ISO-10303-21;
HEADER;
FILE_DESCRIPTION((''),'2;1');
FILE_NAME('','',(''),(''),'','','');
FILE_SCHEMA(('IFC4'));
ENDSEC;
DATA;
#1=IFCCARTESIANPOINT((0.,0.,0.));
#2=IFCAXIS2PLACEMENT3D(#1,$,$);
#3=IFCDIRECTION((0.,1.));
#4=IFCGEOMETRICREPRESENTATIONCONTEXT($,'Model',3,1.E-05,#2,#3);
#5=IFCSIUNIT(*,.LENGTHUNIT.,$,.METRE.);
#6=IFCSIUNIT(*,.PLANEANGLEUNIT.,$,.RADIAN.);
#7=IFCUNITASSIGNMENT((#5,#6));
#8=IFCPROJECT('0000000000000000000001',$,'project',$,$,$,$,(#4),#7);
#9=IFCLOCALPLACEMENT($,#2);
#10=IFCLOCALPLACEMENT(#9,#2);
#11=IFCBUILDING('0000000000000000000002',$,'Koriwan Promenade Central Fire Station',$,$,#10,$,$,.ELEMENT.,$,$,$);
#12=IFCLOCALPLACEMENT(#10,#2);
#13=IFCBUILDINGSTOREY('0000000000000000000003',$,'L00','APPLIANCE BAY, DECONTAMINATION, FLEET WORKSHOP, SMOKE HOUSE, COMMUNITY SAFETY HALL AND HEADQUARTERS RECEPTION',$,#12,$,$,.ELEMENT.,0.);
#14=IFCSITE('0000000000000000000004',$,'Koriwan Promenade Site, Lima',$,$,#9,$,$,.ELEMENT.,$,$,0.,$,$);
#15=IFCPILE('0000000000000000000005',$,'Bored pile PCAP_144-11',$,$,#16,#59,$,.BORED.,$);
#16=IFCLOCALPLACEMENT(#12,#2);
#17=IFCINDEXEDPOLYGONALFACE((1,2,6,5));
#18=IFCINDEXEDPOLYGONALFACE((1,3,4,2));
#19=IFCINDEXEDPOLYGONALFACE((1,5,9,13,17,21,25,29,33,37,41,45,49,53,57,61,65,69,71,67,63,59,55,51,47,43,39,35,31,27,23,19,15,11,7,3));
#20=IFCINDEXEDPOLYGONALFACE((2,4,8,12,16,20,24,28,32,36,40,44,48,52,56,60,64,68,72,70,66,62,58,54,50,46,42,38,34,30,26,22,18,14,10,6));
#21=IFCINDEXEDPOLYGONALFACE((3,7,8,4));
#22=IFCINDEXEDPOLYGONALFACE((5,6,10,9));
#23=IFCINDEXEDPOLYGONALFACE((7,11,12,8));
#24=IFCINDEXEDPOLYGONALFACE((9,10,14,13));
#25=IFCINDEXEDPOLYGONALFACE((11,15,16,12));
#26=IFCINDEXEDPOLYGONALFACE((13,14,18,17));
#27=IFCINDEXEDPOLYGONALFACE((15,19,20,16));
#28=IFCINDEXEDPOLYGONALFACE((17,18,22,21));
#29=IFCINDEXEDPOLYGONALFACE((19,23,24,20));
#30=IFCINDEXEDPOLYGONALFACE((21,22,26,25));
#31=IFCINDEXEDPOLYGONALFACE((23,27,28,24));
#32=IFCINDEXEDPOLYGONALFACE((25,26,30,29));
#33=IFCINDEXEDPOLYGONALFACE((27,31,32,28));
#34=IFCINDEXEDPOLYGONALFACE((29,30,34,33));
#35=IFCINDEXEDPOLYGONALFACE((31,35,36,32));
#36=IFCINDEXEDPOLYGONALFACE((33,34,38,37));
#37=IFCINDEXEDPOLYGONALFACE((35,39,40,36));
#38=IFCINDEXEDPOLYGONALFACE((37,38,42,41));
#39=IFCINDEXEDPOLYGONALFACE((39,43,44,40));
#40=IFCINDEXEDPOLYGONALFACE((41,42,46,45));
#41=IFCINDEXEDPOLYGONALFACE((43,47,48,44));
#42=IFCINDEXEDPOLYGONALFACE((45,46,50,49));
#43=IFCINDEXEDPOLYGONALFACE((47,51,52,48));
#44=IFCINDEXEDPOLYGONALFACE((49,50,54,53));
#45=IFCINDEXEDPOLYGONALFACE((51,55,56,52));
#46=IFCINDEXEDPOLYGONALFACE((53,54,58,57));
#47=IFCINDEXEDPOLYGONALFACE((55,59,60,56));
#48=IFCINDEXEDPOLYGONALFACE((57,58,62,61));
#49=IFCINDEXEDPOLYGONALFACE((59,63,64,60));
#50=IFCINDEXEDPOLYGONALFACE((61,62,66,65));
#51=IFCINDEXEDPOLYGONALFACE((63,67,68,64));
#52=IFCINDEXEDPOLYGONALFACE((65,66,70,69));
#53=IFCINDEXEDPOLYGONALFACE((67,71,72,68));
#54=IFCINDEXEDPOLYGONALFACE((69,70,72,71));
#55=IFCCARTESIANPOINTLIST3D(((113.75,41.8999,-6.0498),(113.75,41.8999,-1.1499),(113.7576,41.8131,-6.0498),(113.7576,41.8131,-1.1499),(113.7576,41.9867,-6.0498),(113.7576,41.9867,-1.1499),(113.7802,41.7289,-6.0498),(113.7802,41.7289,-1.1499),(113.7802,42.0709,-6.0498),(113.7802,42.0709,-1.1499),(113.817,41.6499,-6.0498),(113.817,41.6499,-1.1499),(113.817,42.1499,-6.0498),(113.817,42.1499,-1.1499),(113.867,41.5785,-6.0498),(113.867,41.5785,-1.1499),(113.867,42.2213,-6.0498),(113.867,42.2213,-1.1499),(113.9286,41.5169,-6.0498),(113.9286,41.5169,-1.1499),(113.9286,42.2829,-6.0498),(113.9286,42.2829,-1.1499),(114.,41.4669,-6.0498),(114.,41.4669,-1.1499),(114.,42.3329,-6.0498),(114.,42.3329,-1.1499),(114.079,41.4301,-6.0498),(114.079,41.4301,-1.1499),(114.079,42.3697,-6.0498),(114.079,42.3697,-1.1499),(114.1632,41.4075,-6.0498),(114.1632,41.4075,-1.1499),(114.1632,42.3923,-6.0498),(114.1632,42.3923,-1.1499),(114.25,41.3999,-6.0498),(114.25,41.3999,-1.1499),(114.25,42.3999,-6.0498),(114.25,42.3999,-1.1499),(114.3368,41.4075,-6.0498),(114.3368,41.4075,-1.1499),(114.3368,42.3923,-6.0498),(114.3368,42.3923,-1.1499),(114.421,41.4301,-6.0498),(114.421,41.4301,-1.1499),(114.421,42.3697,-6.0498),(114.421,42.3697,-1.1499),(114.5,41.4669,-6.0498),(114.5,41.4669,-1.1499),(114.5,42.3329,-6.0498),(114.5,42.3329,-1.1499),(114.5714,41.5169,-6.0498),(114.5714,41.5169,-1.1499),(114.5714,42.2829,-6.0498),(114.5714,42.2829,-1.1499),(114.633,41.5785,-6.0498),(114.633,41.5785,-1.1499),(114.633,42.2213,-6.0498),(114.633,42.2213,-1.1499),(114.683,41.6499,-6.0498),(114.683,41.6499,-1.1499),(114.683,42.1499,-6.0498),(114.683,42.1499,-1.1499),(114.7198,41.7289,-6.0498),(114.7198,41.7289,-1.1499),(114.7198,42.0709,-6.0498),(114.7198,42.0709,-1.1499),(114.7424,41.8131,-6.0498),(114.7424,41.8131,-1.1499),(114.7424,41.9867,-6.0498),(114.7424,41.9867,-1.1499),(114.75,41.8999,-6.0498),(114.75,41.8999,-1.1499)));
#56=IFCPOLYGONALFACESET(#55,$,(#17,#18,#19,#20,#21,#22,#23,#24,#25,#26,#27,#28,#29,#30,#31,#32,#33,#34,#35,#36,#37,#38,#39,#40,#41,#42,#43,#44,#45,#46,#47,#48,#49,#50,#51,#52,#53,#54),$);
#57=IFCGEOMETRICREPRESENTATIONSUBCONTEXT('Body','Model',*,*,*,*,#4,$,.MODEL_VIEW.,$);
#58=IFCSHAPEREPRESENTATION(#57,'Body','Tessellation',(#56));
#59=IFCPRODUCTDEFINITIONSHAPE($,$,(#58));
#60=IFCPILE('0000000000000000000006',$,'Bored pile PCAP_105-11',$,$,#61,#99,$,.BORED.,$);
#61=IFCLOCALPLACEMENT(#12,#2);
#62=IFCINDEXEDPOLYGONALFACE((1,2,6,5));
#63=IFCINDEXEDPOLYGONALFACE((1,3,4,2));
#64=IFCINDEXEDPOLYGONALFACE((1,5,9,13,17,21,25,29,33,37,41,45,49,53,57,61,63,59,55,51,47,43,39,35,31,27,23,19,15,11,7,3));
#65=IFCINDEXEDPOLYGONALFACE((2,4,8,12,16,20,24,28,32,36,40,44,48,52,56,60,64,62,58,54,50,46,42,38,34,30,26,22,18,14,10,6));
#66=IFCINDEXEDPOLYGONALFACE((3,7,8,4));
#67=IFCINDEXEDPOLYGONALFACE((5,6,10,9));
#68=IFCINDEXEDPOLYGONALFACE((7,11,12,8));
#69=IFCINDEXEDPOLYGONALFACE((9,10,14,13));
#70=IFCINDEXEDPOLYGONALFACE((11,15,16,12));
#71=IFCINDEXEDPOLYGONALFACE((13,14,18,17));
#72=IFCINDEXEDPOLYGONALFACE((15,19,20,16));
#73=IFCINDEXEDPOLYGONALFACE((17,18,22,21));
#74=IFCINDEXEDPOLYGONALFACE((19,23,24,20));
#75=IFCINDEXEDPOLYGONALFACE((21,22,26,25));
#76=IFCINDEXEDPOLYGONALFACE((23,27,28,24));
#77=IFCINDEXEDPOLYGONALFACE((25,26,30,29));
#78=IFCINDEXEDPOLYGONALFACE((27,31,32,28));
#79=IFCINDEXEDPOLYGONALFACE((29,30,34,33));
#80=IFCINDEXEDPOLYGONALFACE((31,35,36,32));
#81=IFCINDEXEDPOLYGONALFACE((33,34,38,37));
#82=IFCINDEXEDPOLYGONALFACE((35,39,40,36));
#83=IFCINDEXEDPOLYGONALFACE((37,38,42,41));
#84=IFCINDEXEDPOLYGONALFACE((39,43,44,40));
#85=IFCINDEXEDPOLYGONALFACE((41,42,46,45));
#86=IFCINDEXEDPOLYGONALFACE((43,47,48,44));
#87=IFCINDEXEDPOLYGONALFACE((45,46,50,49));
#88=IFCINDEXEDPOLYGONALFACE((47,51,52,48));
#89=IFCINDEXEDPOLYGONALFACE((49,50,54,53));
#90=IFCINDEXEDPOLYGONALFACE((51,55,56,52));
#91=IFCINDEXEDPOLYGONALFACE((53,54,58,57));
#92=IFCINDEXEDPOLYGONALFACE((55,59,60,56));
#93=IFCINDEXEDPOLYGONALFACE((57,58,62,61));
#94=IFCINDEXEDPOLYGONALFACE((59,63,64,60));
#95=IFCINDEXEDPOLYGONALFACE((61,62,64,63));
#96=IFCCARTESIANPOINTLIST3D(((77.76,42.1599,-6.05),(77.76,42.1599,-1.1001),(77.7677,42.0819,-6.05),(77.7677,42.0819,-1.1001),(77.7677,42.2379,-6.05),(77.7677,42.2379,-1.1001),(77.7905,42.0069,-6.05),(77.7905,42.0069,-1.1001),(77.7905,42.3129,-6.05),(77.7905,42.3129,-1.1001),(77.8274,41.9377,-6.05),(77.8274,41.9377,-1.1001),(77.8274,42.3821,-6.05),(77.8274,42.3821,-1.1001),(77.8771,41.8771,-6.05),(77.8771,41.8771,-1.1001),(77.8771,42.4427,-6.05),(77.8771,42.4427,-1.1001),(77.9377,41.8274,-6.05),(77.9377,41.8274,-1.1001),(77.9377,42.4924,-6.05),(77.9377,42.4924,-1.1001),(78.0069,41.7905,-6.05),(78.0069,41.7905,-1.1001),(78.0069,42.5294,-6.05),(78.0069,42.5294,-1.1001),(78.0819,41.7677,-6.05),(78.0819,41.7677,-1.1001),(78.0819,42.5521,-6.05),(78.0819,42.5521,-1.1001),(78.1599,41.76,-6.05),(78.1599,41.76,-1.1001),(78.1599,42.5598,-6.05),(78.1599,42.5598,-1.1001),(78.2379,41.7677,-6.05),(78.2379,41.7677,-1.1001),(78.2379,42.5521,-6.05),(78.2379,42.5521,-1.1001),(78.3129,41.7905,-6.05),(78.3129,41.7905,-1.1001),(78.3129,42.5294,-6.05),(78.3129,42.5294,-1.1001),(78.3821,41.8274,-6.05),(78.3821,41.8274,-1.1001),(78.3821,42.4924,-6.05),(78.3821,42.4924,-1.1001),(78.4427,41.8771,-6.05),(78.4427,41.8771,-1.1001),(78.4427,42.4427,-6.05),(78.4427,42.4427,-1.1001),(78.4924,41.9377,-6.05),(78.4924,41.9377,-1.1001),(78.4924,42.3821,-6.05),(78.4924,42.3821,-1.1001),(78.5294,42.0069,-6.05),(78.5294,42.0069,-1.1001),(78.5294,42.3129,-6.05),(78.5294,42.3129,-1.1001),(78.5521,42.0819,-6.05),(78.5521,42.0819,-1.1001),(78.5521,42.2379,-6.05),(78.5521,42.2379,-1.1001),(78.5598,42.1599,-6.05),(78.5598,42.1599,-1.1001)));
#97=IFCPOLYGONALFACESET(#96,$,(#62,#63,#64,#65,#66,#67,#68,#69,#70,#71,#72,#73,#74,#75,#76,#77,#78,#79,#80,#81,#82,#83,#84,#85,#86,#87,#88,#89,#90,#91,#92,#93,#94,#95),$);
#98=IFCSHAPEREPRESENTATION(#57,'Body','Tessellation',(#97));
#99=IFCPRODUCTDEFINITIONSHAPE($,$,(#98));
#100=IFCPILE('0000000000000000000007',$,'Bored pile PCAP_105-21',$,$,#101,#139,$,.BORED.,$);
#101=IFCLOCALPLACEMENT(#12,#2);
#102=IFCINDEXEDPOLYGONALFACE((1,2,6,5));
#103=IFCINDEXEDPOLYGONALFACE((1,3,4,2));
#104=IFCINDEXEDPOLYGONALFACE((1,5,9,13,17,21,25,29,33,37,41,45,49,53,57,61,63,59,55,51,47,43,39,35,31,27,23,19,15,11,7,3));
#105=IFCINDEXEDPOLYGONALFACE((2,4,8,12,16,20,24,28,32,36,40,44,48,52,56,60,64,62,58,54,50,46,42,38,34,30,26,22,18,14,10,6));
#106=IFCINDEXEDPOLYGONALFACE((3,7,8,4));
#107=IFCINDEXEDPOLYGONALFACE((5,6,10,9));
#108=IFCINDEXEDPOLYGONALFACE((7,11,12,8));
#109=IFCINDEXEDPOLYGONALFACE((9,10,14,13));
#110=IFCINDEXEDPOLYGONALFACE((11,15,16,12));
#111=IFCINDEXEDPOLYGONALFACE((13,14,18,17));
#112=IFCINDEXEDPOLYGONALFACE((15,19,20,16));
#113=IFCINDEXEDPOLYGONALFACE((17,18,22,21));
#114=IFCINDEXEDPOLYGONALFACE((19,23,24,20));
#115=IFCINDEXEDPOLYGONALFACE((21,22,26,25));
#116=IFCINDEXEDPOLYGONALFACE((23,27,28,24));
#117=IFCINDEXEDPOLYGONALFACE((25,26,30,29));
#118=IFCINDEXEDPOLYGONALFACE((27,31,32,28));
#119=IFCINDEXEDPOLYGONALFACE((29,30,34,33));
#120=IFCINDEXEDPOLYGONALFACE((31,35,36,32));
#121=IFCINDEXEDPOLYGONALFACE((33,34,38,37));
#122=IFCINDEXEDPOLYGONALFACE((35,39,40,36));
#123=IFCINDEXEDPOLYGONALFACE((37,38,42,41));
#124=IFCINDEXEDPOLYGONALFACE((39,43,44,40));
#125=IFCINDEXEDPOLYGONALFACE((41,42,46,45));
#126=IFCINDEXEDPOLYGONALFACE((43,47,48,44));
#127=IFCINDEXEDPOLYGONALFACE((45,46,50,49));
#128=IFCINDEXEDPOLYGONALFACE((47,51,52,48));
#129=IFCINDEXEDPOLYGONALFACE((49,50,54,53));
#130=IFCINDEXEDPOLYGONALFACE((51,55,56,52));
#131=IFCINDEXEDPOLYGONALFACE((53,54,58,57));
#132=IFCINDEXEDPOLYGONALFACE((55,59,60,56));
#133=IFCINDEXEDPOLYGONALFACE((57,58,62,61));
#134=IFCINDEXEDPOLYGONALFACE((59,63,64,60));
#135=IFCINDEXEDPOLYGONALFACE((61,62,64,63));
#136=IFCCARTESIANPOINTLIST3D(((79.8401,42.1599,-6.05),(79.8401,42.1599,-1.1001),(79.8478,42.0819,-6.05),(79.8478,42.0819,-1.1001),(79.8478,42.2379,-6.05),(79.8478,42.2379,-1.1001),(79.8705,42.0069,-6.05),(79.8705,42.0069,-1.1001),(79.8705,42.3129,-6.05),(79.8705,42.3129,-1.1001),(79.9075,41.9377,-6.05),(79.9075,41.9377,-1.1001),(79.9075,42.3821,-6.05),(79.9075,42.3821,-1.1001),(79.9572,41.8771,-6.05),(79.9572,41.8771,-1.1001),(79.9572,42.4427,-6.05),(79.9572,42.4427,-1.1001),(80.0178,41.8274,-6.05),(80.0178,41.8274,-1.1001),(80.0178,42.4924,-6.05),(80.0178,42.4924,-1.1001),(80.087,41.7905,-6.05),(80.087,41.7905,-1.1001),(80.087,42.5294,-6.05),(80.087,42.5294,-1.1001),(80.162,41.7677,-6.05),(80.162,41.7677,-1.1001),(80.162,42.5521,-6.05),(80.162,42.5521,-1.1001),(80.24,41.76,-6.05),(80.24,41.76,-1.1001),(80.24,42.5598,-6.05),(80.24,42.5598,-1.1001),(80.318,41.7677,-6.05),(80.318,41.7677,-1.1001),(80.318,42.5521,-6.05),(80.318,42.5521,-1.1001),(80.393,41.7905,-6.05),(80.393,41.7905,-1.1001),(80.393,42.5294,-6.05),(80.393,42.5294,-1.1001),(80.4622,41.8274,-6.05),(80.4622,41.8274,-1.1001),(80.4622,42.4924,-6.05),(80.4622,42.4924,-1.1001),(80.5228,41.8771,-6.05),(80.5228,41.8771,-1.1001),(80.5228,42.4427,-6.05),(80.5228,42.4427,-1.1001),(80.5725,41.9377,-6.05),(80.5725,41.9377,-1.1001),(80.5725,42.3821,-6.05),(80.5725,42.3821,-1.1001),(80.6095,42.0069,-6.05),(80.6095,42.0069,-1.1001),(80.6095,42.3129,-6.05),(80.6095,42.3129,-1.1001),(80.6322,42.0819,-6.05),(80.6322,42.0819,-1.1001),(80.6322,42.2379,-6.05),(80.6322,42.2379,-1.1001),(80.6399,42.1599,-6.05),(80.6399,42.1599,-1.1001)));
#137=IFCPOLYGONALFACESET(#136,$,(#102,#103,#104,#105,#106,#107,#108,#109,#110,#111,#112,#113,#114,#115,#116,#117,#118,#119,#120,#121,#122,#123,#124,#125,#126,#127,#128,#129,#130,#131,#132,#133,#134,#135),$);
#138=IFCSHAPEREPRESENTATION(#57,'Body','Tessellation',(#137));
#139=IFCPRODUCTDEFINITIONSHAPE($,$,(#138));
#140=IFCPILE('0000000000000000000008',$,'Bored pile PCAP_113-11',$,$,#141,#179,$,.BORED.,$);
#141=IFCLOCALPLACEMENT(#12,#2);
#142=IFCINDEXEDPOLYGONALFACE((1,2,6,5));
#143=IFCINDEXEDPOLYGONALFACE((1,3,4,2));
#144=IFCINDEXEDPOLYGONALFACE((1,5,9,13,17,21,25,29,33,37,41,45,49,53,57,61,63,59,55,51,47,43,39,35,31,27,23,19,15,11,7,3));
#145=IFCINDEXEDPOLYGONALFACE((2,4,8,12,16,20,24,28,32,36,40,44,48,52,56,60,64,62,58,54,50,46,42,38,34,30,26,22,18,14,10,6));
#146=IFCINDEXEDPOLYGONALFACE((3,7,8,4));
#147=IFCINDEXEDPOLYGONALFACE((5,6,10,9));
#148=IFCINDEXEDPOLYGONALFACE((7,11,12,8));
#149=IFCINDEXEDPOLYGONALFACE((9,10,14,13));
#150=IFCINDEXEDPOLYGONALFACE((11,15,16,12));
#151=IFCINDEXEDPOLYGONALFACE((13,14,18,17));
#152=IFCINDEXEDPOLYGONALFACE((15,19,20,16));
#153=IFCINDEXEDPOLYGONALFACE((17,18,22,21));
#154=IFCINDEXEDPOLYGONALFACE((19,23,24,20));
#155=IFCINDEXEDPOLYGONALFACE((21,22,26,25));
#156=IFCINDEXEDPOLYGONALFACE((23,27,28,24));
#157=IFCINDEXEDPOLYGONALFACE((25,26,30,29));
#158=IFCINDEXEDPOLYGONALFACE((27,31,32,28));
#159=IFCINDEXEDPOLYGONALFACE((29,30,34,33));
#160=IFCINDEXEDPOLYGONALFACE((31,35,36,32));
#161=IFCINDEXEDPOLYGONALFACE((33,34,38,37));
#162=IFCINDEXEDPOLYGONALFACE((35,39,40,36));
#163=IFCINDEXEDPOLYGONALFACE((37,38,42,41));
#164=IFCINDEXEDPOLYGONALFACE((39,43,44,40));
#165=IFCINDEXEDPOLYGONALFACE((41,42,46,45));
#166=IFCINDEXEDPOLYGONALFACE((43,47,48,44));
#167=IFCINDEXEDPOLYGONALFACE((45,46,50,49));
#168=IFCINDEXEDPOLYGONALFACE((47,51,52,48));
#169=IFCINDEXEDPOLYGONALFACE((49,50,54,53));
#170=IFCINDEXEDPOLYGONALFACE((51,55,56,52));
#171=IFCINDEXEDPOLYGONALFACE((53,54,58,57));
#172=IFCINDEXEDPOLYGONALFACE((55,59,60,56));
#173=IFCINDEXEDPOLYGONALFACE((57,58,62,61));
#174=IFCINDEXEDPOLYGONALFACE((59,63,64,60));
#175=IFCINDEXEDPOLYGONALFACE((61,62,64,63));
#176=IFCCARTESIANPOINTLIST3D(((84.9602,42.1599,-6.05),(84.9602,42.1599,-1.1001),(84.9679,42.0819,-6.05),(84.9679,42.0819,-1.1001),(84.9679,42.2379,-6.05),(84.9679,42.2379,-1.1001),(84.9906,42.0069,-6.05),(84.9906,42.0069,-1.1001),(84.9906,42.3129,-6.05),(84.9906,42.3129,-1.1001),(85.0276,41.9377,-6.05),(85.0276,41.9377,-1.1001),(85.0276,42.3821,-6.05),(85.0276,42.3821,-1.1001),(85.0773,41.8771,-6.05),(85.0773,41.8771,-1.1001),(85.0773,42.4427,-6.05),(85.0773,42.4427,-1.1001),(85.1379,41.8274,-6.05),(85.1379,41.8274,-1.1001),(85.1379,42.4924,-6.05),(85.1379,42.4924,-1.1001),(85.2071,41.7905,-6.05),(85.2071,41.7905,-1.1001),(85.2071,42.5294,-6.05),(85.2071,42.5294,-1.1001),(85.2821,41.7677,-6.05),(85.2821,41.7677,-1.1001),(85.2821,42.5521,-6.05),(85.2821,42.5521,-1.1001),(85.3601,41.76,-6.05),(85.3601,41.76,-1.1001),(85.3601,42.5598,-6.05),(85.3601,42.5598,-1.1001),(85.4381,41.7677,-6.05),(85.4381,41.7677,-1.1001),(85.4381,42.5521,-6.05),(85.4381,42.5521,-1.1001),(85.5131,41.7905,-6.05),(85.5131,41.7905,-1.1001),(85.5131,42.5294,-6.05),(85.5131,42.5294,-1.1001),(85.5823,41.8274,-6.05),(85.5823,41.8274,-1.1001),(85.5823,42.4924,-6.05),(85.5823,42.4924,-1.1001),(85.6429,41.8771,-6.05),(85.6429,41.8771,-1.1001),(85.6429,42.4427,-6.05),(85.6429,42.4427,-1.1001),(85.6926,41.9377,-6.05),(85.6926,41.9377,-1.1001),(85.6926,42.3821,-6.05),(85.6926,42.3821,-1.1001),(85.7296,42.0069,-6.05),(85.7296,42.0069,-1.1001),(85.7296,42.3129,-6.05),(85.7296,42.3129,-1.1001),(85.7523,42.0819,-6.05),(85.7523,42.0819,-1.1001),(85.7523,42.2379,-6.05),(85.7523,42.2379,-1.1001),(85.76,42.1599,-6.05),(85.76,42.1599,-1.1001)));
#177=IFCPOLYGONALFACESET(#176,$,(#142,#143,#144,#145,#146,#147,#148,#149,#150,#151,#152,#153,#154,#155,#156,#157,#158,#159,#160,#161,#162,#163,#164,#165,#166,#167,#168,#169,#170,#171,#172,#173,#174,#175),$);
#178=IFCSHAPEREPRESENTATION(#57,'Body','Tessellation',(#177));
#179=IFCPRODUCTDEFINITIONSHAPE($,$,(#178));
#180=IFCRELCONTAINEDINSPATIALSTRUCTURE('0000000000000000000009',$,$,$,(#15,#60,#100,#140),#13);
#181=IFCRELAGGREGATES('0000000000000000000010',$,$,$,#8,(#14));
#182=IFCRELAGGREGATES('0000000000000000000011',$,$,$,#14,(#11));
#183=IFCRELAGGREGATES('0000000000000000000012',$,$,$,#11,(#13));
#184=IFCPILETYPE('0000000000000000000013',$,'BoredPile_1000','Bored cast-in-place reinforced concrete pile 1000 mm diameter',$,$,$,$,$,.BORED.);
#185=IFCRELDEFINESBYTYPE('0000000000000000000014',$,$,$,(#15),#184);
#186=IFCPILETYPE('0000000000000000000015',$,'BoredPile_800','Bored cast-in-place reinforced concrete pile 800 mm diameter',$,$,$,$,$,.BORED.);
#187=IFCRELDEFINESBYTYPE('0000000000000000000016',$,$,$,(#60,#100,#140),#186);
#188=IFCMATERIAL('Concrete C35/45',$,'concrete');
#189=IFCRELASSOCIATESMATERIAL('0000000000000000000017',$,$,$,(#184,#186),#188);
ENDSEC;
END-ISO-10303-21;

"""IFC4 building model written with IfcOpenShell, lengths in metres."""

from ifc_helpers import new_model, si_unit, direction, frame, origin, origin_2d, place, context, subcontext, project, spatial, circle, extrude, material, material_profile, profile_set, type_object, element, save


model = new_model("IFC4")

# Units and contexts
model_context = context("Model", 3, precision=1e-05, world=origin(), true_north=direction((0.0, 1.0)))
body_context = subcontext(model_context, "Body", "Model", "MODEL_VIEW")
ifc_project = project(units=[si_unit("LENGTHUNIT", "METRE"), si_unit("PLANEANGLEUNIT", "RADIAN")], contexts=[model_context])

# Site, building, storey
site_placement = place(None, origin())
site = spatial("IfcSite", under=ifc_project, at=site_placement, Name="Koriwan Promenade Site, Lima", CompositionType="ELEMENT", RefElevation=0.0)
building_placement = place(site_placement, origin())
building = spatial("IfcBuilding", under=site, at=building_placement, Name="Koriwan Promenade Central Fire Station", CompositionType="ELEMENT")
storey_placement = place(building_placement, origin())
storey = spatial("IfcBuildingStorey", under=building, at=storey_placement, Name="L00", Description="APPLIANCE BAY, DECONTAMINATION, FLEET WORKSHOP, SMOKE HOUSE, COMMUNITY SAFETY HALL AND HEADQUARTERS RECEPTION", CompositionType="ELEMENT", Elevation=0.0)

# Piles
ifc_material_1 = material(Name="Concrete C35/45", Category="concrete")
ifc_material_profile_1 = material_profile(ifc_material_1, circle(Radius=0.5, at=origin_2d()), Name="PILE-D1000")
ifc_profile_set_1 = profile_set([ifc_material_profile_1], Name="Concrete C35/45")
pile_type_1 = type_object("IfcPileType", Name="BoredPile_1000", Description="Bored cast-in-place reinforced concrete pile 1000 mm diameter", PredefinedType="BORED", material=ifc_profile_set_1)
pile_1_placement = place(storey_placement, frame((114.25, 41.8999, -1.1499), z_axis=(0.0, 0.0, -1.0), x_axis=(1.0, 0.0, 0.0)))
element("IfcPile", 1, at=pile_1_placement, inside=storey, type_object=pile_type_1, Name="Bored pile PCAP_144-11", PredefinedType="BORED", context=body_context, shape_type="SweptSolid", body=[
    extrude(circle(Radius=0.5, at=origin_2d()), origin(), (0.0, 0.0, 1.0), 4.8999),
])
ifc_material_profile_2 = material_profile(ifc_material_1, circle(Radius=0.3999, at=origin_2d()), Name="PILE-D800")
ifc_profile_set_2 = profile_set([ifc_material_profile_2], Name="Concrete C35/45")
pile_type_2 = type_object("IfcPileType", Name="BoredPile_800", Description="Bored cast-in-place reinforced concrete pile 800 mm diameter", PredefinedType="BORED", material=ifc_profile_set_2)
for number, where, z_axis, x_axis, name in (
    (2, (78.1599, 42.1599, -1.1001), (0.0, 0.0, -1.0), (1.0, 0.0, 0.0), "Bored pile PCAP_105-11"),
    (3, (80.24, 42.1599, -1.1001), (0.0, 0.0, -1.0), (1.0, 0.0, 0.0), "Bored pile PCAP_105-21"),
    (4, (85.3601, 42.1599, -1.1001), (0.0, 0.0, -1.0), (1.0, 0.0, 0.0), "Bored pile PCAP_113-11"),
):
    element("IfcPile", number, at=place(storey_placement, frame(where, z_axis=z_axis, x_axis=x_axis)), inside=storey, type_object=pile_type_2, Name=name, PredefinedType="BORED", context=body_context, shape_type="SweptSolid", body=[
        extrude(circle(Radius=0.3999, at=origin_2d()), origin(), (0.0, 0.0, 1.0), 4.95),
    ])

save(model, "model.ifc")
